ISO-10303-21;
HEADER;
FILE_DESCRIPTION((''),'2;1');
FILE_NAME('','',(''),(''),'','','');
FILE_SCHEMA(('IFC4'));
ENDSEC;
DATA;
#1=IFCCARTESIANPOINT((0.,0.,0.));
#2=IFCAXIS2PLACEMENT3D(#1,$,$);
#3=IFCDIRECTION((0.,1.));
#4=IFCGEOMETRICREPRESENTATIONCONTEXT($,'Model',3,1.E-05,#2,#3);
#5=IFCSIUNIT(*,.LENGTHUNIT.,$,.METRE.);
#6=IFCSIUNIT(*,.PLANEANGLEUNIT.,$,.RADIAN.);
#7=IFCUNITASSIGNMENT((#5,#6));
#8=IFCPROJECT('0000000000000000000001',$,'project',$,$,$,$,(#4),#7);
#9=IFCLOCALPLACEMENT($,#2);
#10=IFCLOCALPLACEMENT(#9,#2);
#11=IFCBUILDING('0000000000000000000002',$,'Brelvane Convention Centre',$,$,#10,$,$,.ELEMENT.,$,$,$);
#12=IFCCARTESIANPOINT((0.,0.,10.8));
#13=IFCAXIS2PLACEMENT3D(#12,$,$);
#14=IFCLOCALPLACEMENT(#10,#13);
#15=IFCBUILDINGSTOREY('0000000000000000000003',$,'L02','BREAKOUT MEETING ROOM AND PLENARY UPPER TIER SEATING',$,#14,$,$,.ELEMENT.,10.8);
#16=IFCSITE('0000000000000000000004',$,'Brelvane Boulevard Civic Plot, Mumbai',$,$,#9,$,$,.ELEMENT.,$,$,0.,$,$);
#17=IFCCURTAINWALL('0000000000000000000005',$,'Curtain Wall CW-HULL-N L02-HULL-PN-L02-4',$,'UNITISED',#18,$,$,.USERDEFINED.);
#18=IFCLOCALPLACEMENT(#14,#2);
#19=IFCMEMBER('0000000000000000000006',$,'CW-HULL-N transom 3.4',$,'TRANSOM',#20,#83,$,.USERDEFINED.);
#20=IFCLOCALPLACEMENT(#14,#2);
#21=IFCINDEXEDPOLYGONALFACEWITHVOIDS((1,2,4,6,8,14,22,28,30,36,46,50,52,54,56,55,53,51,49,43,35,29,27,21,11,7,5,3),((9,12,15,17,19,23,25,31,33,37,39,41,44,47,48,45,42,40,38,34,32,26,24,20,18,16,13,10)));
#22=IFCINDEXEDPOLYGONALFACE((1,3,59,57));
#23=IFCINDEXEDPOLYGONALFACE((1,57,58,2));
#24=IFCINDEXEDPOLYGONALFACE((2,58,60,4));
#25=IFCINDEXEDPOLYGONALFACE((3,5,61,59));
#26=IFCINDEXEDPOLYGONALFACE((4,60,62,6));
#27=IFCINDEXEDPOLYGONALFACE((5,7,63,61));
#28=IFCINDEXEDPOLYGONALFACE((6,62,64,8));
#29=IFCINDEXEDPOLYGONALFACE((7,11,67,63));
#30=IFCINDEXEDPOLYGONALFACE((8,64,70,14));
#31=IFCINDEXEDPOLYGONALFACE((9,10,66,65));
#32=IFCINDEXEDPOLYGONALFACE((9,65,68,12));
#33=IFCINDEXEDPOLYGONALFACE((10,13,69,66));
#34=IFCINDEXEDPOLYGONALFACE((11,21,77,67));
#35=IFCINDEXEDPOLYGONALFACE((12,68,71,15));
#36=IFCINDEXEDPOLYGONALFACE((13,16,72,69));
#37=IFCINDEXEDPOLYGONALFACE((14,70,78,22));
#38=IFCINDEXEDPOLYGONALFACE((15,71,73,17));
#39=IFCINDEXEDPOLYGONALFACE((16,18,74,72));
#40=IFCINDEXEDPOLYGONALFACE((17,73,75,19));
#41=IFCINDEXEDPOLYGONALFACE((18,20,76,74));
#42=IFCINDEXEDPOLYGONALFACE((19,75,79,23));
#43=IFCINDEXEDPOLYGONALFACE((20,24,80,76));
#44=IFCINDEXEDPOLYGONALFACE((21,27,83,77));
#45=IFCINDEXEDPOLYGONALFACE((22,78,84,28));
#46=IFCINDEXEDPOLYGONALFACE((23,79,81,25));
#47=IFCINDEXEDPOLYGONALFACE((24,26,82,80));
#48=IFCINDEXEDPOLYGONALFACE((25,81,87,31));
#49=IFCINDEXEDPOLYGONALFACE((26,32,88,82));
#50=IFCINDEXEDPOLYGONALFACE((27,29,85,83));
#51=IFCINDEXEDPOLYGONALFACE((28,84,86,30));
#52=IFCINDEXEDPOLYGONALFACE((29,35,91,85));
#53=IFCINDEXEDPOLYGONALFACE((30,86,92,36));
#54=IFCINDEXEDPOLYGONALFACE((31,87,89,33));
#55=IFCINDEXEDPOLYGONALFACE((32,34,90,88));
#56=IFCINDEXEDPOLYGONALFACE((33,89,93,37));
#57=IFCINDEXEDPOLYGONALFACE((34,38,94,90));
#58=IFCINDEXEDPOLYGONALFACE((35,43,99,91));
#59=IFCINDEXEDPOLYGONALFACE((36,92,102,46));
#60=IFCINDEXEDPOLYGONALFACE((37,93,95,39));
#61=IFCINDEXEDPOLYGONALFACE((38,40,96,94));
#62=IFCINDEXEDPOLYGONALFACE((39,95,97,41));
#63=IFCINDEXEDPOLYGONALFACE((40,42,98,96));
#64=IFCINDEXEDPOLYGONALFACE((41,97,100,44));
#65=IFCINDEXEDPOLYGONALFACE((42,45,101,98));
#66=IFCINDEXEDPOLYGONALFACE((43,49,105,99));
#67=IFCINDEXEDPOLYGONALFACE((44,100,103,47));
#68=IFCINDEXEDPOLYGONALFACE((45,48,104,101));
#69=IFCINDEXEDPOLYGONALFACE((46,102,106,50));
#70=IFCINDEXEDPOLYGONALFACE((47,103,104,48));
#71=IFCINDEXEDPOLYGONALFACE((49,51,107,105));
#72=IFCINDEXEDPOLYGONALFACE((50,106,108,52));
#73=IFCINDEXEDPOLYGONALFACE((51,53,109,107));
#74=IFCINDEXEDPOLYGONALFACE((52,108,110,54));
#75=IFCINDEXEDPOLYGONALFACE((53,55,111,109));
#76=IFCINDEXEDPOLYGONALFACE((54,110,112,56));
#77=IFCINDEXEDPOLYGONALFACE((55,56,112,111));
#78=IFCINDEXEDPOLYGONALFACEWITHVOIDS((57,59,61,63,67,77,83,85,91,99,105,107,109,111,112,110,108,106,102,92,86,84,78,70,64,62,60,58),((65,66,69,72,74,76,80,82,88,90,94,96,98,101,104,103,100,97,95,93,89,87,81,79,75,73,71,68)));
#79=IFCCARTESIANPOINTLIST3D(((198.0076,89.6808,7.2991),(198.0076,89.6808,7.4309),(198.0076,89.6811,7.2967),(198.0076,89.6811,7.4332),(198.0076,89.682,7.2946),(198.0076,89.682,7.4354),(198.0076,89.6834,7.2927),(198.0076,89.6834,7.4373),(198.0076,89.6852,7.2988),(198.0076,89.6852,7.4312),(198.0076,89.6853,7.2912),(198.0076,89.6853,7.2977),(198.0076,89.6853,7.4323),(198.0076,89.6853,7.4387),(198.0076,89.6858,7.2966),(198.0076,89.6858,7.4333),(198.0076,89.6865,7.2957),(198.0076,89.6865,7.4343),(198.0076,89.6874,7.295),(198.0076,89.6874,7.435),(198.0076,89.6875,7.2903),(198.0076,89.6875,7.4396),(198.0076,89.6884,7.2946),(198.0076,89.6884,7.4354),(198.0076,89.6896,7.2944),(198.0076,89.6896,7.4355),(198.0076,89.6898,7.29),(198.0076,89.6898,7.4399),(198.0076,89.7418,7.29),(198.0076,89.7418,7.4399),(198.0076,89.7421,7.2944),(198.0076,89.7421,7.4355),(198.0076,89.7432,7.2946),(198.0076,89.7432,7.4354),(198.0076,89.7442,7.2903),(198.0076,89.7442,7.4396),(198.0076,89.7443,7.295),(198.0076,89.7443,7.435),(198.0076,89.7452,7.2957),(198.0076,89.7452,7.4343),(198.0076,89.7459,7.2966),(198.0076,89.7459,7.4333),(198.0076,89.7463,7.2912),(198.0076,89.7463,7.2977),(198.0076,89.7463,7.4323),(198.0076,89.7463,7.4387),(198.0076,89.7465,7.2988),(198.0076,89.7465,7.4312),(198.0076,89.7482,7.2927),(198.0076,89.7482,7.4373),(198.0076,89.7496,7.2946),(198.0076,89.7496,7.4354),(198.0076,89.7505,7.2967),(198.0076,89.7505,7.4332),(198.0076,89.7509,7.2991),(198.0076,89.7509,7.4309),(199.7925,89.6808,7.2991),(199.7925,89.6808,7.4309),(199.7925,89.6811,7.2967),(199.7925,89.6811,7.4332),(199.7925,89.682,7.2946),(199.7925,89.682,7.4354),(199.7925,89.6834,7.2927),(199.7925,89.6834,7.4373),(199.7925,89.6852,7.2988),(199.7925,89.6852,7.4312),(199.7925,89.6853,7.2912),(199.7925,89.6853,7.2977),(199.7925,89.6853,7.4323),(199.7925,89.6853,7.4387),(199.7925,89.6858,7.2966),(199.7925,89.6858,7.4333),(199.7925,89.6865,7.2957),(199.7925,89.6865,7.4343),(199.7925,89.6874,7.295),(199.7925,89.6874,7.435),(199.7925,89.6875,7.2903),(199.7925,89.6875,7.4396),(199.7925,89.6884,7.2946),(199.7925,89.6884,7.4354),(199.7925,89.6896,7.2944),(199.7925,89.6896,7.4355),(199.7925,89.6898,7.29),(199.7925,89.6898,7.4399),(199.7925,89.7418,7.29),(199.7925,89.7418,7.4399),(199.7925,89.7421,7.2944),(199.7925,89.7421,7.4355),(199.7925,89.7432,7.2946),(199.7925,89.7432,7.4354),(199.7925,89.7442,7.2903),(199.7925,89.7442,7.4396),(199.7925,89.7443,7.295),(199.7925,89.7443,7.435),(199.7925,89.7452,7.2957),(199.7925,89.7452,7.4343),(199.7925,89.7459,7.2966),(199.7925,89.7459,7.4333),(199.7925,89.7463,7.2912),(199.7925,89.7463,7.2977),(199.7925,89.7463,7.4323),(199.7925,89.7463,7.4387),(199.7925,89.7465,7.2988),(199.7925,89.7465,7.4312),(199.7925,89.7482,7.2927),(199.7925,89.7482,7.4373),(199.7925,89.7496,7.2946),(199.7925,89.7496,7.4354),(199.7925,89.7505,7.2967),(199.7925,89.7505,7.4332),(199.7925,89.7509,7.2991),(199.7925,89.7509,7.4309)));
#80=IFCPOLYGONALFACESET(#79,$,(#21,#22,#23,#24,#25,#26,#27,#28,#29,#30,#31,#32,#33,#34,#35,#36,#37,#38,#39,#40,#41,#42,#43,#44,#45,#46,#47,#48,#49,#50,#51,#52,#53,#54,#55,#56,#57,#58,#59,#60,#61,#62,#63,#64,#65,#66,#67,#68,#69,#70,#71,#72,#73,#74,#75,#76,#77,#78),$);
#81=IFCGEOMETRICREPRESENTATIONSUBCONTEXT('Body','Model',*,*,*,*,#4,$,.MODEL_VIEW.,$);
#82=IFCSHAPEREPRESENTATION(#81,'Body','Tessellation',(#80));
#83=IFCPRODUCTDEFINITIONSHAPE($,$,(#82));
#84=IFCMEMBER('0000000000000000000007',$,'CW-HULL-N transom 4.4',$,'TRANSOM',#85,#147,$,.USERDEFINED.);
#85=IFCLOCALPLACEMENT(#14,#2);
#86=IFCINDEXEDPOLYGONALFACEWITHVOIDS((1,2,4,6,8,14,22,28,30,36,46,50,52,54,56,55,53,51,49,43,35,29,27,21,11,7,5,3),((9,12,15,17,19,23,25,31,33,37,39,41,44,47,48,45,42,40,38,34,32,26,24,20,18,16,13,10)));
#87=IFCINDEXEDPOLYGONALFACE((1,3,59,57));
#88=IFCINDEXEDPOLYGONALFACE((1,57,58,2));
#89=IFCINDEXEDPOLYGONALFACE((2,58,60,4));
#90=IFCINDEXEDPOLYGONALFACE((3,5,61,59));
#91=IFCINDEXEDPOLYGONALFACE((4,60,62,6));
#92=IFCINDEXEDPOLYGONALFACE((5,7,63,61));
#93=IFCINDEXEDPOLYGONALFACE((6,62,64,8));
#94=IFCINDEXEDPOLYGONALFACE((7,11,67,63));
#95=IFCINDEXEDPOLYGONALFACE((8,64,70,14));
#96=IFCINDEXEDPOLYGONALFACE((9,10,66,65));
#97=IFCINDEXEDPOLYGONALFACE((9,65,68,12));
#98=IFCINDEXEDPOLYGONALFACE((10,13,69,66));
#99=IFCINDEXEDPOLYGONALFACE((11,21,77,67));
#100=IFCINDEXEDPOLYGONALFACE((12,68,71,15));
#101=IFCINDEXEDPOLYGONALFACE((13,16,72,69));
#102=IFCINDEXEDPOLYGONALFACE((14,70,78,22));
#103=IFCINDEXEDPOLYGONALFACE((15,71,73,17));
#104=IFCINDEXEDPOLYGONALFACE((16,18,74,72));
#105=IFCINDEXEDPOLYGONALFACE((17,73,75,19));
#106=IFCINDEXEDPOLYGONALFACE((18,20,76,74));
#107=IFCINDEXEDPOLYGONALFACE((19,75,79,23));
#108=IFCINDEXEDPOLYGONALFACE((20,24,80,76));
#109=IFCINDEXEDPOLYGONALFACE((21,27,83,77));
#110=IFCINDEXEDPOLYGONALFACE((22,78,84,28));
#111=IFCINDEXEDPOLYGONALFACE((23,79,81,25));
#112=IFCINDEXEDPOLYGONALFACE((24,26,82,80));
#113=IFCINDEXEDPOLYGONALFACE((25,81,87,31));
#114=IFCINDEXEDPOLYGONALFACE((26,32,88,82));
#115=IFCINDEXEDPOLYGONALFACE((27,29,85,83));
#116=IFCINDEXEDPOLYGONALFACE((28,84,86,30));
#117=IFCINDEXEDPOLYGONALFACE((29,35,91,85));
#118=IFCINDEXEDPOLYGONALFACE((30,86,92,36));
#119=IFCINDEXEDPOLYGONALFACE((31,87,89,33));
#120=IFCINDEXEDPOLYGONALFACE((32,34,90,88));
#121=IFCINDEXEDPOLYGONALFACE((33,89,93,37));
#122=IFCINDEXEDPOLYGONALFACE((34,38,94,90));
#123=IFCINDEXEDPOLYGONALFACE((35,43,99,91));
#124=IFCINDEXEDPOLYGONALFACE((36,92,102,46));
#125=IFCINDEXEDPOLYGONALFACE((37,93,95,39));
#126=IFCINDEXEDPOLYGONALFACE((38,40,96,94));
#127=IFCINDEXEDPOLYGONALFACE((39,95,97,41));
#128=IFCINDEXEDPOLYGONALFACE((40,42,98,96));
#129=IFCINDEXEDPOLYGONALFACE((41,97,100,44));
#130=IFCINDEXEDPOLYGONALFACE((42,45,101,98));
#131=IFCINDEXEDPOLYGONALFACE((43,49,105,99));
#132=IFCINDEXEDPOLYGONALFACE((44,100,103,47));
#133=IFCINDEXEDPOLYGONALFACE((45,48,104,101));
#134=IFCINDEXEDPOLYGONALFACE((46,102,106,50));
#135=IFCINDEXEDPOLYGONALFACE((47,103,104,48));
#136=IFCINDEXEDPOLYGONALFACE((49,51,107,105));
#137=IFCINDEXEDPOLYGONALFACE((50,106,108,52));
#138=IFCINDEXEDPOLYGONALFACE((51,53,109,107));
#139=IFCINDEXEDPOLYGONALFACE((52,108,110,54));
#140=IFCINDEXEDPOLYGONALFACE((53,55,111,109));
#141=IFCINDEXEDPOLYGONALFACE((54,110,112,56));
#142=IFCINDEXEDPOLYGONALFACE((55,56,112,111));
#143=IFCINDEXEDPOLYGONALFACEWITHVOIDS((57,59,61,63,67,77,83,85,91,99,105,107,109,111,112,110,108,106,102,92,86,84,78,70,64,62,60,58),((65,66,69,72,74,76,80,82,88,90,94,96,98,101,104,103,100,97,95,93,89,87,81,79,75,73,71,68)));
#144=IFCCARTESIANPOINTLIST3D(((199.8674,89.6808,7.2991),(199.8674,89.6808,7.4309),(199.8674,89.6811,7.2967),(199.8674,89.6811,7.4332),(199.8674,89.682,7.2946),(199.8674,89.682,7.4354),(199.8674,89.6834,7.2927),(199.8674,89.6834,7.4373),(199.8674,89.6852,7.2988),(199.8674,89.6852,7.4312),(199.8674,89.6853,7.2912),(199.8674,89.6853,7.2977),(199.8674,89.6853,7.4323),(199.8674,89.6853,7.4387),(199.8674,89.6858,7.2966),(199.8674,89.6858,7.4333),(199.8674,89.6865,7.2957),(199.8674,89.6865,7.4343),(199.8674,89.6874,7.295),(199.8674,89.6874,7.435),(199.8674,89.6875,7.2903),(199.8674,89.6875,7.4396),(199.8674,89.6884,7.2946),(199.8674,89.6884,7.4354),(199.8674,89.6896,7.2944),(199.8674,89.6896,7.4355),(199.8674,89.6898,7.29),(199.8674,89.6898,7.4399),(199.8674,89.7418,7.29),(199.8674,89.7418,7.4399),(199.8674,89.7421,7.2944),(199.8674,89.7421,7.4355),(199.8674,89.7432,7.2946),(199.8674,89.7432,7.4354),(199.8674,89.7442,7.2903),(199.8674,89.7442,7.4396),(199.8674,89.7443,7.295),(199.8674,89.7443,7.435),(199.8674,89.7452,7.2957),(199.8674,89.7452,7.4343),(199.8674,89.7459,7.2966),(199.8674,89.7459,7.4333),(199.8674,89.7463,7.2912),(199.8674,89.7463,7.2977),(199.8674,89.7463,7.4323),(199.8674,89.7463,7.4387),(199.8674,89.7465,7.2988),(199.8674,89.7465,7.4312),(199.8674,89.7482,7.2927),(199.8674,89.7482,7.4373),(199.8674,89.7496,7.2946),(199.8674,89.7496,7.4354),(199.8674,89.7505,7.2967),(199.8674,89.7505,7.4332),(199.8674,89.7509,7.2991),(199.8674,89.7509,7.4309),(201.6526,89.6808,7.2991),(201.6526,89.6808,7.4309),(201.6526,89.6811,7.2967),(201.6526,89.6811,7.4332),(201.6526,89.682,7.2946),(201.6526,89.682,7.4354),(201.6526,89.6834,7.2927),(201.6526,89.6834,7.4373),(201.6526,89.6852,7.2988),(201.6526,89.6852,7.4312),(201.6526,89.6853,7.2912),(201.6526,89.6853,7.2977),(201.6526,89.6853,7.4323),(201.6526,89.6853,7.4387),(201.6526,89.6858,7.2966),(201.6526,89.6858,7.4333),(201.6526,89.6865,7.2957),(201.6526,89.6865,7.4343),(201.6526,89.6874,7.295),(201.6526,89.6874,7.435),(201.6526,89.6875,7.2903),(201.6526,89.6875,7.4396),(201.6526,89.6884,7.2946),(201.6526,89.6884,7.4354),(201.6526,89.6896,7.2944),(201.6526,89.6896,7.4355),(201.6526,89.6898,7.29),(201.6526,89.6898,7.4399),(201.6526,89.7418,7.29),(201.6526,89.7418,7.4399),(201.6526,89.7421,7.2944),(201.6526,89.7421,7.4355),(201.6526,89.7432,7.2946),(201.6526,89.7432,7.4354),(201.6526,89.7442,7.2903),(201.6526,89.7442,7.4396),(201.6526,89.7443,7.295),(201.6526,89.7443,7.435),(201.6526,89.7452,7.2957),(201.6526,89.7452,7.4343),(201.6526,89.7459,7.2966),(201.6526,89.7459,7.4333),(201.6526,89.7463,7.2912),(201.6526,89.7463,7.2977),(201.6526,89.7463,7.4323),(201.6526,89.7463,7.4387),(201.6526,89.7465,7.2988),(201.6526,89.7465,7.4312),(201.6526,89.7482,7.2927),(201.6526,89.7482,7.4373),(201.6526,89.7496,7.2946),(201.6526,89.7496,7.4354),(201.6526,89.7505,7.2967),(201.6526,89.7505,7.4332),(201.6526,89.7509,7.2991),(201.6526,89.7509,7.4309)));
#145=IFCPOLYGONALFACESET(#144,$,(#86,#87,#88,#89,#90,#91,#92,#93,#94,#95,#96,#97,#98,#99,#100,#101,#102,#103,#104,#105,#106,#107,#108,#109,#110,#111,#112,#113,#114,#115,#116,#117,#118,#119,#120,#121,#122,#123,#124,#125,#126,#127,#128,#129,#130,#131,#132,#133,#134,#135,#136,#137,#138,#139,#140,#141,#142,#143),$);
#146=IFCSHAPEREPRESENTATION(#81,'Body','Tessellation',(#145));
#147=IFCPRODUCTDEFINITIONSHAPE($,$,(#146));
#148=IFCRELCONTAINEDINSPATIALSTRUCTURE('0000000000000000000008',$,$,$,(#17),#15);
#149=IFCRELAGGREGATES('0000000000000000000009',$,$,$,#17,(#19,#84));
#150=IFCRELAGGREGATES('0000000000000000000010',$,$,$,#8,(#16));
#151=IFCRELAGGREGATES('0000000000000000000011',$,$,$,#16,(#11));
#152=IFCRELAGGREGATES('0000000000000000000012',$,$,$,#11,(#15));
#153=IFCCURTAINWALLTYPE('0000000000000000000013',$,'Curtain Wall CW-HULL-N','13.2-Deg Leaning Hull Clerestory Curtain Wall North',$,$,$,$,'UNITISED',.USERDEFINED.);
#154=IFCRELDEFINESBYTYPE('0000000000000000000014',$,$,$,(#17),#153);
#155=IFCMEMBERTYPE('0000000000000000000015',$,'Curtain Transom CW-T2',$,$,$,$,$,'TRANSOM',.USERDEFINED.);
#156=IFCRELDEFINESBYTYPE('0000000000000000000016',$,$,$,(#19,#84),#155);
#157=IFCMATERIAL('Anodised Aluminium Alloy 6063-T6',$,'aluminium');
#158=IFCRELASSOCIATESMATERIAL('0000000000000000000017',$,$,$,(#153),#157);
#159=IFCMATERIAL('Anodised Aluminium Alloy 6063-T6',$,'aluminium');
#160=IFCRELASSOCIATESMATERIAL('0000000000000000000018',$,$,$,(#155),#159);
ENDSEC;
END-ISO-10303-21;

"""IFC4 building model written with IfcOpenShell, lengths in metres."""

from ifc_helpers import new_model, si_unit, direction, frame, origin, origin_2d, place, context, subcontext, project, spatial, hollow_rectangle, extrude, material, material_profile, profile_set, type_object, element, aggregate, save


model = new_model("IFC4")

# Units and contexts
model_context = context("Model", 3, precision=1e-05, world=origin(), true_north=direction((0.0, 1.0)))
body_context = subcontext(model_context, "Body", "Model", "MODEL_VIEW")
ifc_project = project(units=[si_unit("LENGTHUNIT", "METRE"), si_unit("PLANEANGLEUNIT", "RADIAN")], contexts=[model_context])

# Site, building, storey
site_placement = place(None, origin())
site = spatial("IfcSite", under=ifc_project, at=site_placement, Name="Brelvane Boulevard Civic Plot, Mumbai", CompositionType="ELEMENT", RefElevation=0.0)
building_placement = place(site_placement, origin())
building = spatial("IfcBuilding", under=site, at=building_placement, Name="Brelvane Convention Centre", CompositionType="ELEMENT")
storey_placement = place(building_placement, frame((0.0, 0.0, 10.8)))
storey = spatial("IfcBuildingStorey", under=building, at=storey_placement, Name="L02", Description="BREAKOUT MEETING ROOM AND PLENARY UPPER TIER SEATING", CompositionType="ELEMENT", Elevation=10.8)

# Curtain wall, members
ifc_material_1 = material(Name="Anodised Aluminium Alloy 6063-T6", Category="aluminium")
curtain_wall_type = type_object("IfcCurtainWallType", Name="Curtain Wall CW-HULL-N", Description="13.2-Deg Leaning Hull Clerestory Curtain Wall North", ElementType="UNITISED", PredefinedType="USERDEFINED", material=ifc_material_1)
ifc_material_2 = material(Name="Anodised Aluminium Alloy 6063-T6", Category="aluminium")
ifc_material_profile_1 = material_profile(ifc_material_2, hollow_rectangle(XDim=0.0701, YDim=0.1499, WallThickness=0.0044, InnerFilletRadius=0.0044, OuterFilletRadius=0.009, at=origin_2d()), Name="ALU-T 150x70x4.5")
ifc_profile_set_1 = profile_set([ifc_material_profile_1], Name="Anodised Aluminium Alloy 6063-T6")
member_type = type_object("IfcMemberType", Name="Curtain Transom CW-T2", ElementType="TRANSOM", PredefinedType="USERDEFINED", material=ifc_profile_set_1)
curtain_wall_1_placement = place(storey_placement, origin())
curtain_wall_1 = element("IfcCurtainWall", 1, at=curtain_wall_1_placement, inside=storey, type_object=curtain_wall_type, Name="Curtain Wall CW-HULL-N L02-HULL-PN-L02-4", ObjectType="UNITISED", PredefinedType="USERDEFINED")
member_1_placement = place(storey_placement, frame((198.0076, 89.7158, 7.365), z_axis=(1.0, 0.0, 0.0), x_axis=(0.0, 1.0, 0.0)))
member_1 = element("IfcMember", 2, at=member_1_placement, type_object=member_type, Name="CW-HULL-N transom 3.4", ObjectType="TRANSOM", PredefinedType="USERDEFINED", context=body_context, shape_type="SweptSolid", body=[
    extrude(hollow_rectangle(XDim=0.0701, YDim=0.1499, WallThickness=0.0044, InnerFilletRadius=0.0044, OuterFilletRadius=0.009, at=origin_2d()), origin(), (0.0, 0.0, 1.0), 1.7849),
])
member_2_placement = place(storey_placement, frame((199.8674, 89.7158, 7.365), z_axis=(1.0, 0.0, 0.0), x_axis=(0.0, 1.0, 0.0)))
member_2 = element("IfcMember", 3, at=member_2_placement, type_object=member_type, Name="CW-HULL-N transom 4.4", ObjectType="TRANSOM", PredefinedType="USERDEFINED", context=body_context, shape_type="SweptSolid", body=[
    extrude(hollow_rectangle(XDim=0.0701, YDim=0.1499, WallThickness=0.0044, InnerFilletRadius=0.0044, OuterFilletRadius=0.009, at=origin_2d()), origin(), (0.0, 0.0, 1.0), 1.7852),
])

aggregate(curtain_wall_1, [member_1, member_2])

save(model, "model.ifc")
